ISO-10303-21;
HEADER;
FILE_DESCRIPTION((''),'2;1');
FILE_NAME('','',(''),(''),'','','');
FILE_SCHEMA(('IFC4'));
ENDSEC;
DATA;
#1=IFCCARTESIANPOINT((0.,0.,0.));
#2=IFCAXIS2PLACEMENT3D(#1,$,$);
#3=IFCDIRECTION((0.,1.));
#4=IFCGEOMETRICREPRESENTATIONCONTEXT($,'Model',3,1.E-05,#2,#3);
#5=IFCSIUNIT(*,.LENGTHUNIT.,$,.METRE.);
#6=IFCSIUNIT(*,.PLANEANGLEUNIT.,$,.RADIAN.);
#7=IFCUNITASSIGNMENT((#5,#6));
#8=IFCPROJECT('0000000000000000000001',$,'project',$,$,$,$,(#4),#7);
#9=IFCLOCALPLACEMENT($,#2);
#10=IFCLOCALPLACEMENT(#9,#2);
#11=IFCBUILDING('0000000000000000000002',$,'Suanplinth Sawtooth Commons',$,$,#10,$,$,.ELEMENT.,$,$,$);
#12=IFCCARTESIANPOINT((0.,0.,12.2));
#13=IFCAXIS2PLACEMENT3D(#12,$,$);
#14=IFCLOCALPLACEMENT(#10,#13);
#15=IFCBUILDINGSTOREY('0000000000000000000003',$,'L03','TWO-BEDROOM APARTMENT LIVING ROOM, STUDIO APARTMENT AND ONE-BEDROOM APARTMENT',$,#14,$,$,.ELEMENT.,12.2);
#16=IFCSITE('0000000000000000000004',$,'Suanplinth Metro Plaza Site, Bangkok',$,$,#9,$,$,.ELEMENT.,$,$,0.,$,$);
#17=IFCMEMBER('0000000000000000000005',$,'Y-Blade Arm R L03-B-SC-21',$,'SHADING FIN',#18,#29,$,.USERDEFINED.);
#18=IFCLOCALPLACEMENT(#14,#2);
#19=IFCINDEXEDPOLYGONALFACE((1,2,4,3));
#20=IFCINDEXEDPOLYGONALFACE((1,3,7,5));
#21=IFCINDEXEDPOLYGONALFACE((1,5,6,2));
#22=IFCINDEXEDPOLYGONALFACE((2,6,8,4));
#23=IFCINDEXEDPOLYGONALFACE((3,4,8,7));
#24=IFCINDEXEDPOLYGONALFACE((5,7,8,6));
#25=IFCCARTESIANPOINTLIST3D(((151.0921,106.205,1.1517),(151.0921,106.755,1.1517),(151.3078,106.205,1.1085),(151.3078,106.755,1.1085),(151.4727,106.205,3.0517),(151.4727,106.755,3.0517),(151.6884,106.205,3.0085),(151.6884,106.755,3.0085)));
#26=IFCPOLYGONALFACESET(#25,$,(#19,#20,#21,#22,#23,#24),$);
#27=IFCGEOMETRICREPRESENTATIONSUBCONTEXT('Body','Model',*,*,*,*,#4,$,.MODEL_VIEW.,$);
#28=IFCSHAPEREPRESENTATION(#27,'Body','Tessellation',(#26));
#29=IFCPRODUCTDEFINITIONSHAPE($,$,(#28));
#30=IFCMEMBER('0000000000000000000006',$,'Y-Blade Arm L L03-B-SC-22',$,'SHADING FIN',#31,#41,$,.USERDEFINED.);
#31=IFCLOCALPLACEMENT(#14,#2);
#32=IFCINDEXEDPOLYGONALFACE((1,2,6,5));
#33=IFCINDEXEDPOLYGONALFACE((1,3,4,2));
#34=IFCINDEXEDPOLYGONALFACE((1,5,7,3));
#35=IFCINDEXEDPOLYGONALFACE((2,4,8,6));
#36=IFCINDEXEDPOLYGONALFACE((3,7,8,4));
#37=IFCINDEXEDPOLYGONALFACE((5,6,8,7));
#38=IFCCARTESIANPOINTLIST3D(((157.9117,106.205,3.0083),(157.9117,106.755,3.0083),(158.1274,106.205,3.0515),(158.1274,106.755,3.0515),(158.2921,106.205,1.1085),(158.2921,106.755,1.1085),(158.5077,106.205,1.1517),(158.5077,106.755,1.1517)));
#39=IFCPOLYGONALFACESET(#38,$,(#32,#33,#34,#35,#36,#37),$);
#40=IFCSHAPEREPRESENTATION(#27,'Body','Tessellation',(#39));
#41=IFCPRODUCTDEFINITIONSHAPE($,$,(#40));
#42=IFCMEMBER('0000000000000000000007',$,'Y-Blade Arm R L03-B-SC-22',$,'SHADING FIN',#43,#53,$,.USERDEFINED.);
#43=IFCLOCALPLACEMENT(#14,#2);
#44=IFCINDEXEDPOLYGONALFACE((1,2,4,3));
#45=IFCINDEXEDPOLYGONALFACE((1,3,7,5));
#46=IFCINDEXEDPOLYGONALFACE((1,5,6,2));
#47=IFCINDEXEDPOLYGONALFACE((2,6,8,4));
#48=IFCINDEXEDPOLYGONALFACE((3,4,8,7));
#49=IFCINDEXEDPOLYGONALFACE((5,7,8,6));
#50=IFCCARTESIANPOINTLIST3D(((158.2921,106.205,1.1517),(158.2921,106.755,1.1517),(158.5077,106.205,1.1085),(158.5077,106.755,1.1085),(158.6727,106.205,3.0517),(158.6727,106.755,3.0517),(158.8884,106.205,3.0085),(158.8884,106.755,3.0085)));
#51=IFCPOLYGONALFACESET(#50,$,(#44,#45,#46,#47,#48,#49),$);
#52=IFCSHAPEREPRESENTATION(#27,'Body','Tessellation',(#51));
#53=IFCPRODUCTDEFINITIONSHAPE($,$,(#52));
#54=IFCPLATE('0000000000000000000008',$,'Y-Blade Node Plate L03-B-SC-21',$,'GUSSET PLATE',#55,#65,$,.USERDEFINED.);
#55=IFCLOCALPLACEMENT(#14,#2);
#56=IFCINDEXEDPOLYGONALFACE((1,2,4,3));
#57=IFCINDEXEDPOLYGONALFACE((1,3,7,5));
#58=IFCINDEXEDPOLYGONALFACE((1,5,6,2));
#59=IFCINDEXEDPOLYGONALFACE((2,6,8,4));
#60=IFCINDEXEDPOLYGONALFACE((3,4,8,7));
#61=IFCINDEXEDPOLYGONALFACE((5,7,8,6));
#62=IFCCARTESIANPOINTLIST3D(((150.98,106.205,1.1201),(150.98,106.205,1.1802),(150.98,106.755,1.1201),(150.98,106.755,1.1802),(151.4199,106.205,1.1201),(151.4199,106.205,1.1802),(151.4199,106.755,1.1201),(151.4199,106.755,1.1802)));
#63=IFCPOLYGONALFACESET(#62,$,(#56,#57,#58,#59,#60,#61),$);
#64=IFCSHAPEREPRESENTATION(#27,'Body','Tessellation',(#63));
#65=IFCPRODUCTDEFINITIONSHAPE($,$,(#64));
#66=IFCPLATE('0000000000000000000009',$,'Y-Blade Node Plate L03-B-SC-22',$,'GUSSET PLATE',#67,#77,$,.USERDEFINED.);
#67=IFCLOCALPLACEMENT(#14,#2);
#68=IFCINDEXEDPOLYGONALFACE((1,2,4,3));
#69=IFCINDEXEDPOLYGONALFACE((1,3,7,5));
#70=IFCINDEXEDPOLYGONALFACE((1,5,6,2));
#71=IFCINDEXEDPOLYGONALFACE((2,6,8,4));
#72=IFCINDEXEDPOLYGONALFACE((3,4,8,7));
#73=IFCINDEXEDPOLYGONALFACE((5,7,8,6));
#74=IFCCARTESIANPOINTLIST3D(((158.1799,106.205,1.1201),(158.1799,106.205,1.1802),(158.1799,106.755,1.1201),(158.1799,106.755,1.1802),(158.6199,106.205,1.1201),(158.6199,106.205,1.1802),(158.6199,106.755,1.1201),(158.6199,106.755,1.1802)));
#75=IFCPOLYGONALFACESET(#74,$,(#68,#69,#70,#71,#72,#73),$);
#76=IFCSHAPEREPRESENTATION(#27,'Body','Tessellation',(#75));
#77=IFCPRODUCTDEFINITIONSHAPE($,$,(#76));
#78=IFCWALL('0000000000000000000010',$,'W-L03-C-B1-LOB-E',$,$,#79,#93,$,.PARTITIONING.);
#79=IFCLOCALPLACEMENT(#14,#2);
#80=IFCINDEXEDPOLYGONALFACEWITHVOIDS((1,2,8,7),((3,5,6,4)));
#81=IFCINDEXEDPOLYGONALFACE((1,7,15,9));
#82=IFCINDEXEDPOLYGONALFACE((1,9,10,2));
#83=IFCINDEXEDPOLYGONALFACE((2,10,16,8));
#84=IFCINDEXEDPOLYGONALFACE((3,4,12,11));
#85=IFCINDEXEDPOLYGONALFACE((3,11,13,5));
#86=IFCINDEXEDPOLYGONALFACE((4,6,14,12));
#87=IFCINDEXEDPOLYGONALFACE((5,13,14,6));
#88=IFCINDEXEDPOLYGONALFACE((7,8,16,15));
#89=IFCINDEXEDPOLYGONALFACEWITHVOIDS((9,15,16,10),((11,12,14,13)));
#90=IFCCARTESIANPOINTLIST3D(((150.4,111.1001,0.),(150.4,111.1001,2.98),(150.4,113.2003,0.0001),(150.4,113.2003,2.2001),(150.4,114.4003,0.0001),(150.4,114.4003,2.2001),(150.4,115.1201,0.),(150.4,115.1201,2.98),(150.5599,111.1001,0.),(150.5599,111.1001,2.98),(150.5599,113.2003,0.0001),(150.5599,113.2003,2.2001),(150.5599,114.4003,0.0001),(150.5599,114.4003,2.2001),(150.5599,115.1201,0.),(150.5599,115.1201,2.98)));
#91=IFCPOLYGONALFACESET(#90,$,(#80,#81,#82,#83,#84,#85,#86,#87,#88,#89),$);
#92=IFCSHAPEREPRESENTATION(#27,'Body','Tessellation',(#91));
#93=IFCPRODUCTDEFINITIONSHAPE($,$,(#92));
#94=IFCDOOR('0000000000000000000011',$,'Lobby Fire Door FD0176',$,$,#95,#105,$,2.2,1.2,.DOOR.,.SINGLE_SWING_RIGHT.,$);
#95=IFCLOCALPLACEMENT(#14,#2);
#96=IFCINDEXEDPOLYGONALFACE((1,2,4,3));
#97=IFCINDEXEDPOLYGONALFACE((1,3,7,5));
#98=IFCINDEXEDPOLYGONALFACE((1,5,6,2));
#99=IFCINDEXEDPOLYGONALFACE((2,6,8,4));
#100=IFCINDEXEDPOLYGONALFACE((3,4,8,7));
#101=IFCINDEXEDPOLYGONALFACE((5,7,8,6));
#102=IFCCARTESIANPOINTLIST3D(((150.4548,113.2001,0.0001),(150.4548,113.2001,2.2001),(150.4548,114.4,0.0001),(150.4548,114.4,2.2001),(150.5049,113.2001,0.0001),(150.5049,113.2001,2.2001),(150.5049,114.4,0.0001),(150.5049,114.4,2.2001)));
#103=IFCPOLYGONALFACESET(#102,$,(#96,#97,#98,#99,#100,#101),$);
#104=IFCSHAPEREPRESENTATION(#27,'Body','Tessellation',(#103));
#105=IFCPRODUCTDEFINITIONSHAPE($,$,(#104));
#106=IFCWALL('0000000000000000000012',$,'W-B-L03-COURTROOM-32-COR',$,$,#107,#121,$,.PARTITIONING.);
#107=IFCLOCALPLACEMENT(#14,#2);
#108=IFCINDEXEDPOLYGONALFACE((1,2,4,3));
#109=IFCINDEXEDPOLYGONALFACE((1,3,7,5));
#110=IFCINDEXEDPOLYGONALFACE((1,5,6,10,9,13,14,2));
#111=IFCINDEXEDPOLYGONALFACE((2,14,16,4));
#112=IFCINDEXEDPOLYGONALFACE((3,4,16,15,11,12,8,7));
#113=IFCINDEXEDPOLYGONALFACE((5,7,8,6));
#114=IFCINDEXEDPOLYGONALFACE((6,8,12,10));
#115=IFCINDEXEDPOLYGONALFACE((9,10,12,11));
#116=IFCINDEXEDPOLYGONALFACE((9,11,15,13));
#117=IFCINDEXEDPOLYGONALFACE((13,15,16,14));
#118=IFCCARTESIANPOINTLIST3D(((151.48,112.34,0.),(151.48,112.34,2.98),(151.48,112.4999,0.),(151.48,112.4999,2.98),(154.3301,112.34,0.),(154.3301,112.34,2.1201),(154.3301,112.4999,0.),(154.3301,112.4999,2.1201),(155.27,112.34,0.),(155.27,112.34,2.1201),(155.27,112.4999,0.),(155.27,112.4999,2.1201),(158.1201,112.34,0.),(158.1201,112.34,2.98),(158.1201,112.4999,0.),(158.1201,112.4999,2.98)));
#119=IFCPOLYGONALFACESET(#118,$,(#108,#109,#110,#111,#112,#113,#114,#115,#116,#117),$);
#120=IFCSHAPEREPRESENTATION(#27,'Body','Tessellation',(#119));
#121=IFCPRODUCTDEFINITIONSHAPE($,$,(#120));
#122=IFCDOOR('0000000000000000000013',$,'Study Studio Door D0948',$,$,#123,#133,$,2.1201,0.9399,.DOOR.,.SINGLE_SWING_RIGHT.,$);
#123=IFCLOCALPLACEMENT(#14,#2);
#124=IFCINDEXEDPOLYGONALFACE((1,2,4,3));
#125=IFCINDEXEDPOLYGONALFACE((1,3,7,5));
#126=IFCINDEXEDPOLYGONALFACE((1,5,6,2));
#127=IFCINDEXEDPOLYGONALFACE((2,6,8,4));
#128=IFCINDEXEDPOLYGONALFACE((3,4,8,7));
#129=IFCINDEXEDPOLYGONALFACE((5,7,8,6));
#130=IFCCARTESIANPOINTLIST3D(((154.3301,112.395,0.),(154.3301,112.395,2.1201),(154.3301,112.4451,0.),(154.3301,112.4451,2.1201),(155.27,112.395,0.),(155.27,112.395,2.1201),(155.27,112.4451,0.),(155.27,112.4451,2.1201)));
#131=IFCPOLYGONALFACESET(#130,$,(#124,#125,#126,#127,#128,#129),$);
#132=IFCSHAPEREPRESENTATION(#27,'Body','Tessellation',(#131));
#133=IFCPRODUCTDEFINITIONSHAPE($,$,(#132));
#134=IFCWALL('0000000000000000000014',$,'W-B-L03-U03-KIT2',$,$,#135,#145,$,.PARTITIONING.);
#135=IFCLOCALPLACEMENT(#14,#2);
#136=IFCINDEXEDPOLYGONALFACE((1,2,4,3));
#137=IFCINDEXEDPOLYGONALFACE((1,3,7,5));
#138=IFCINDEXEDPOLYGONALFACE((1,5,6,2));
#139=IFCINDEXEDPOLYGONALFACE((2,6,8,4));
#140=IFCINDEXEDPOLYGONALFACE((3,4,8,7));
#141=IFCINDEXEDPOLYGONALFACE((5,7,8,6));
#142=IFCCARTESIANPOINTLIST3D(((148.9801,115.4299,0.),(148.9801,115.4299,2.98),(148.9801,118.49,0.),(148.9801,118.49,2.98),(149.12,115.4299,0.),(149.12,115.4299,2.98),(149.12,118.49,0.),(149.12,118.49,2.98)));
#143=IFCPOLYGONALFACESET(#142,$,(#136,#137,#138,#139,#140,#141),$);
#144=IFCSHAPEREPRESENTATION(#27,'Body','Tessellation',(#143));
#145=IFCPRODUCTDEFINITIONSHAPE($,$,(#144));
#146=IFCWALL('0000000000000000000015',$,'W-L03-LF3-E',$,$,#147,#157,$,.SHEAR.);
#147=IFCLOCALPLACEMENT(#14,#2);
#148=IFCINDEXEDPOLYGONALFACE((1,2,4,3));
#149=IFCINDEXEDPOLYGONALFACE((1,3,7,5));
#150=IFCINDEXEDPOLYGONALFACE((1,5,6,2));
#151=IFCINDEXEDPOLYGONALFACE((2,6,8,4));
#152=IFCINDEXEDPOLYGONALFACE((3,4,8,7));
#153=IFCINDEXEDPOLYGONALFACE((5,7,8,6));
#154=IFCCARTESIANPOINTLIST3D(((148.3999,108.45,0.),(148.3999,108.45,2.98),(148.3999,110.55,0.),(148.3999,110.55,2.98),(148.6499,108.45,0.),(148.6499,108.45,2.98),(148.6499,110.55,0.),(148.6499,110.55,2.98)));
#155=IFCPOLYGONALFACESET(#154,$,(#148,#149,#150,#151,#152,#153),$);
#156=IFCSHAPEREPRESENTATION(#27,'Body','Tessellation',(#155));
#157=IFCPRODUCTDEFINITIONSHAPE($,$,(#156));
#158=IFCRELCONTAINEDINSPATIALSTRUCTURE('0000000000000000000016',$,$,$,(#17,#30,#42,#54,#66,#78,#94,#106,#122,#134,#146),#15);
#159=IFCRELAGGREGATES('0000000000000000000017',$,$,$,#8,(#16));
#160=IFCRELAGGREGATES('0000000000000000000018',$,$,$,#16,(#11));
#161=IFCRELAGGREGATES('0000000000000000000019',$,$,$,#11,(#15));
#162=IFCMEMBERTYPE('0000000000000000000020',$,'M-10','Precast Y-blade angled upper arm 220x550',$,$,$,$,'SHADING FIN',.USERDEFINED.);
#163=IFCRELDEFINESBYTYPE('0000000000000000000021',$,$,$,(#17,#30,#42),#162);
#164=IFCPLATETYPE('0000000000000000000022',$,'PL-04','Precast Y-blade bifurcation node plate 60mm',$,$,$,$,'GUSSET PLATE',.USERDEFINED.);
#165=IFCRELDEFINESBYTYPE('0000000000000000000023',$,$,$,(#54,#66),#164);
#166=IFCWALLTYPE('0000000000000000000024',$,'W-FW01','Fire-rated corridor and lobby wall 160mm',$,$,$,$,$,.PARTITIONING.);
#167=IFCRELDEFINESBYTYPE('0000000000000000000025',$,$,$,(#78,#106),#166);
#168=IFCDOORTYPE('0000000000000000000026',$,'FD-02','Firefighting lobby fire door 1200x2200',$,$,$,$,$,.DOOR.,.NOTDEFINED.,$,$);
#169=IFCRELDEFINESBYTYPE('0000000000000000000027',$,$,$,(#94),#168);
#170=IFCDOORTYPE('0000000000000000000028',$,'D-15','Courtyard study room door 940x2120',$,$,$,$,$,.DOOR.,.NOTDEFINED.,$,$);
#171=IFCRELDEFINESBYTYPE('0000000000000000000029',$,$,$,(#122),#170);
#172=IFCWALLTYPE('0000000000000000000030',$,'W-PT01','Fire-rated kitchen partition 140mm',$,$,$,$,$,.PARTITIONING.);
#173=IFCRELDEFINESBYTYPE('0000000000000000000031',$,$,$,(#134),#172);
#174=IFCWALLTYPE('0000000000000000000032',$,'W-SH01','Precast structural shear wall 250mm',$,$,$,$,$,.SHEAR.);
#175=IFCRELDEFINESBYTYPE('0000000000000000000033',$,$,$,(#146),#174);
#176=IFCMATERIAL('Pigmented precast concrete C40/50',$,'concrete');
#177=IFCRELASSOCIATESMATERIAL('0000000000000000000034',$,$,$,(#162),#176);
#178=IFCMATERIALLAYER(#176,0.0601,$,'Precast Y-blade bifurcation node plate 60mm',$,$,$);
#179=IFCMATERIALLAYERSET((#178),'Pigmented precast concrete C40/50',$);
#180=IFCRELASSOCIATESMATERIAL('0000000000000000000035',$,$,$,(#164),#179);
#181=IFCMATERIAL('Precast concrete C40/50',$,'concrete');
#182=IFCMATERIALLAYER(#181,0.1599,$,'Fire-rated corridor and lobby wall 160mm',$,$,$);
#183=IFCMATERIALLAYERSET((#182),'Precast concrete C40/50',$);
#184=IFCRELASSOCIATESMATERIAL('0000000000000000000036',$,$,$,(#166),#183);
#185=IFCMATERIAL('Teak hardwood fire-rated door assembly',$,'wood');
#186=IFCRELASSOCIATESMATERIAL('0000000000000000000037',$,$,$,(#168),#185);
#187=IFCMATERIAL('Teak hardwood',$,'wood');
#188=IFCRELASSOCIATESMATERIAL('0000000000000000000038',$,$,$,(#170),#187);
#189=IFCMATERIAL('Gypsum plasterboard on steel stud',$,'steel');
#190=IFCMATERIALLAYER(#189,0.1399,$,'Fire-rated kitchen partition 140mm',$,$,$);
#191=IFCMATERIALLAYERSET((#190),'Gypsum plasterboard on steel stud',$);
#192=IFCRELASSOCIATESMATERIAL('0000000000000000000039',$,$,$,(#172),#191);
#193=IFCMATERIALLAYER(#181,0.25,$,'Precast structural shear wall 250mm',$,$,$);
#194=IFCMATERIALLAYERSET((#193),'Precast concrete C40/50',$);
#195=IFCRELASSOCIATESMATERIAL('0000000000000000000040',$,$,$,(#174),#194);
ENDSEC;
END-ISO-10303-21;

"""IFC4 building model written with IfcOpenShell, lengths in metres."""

from ifc_helpers import new_model, si_unit, direction, frame, frame_2d, origin, origin_2d, place, context, subcontext, project, spatial, rectangle, extrude, material, layer, layer_set, material_profile, profile_set, type_object, element, fill, save


model = new_model("IFC4")

# Units and contexts
model_context = context("Model", 3, precision=1e-05, world=origin(), true_north=direction((0.0, 1.0)))
body_context = subcontext(model_context, "Body", "Model", "MODEL_VIEW")
ifc_project = project(units=[si_unit("LENGTHUNIT", "METRE"), si_unit("PLANEANGLEUNIT", "RADIAN")], contexts=[model_context])

# Site, building, storey
site_placement = place(None, origin())
site = spatial("IfcSite", under=ifc_project, at=site_placement, Name="Suanplinth Metro Plaza Site, Bangkok", CompositionType="ELEMENT", RefElevation=0.0)
building_placement = place(site_placement, origin())
building = spatial("IfcBuilding", under=site, at=building_placement, Name="Suanplinth Sawtooth Commons", CompositionType="ELEMENT")
storey_placement = place(building_placement, frame((0.0, 0.0, 12.2)))
storey = spatial("IfcBuildingStorey", under=building, at=storey_placement, Name="L03", Description="TWO-BEDROOM APARTMENT LIVING ROOM, STUDIO APARTMENT AND ONE-BEDROOM APARTMENT", CompositionType="ELEMENT", Elevation=12.2)

# Shared definitions
ifc_material_1 = material(Name="Precast concrete C40/50", Category="concrete")

# Members
ifc_material_2 = material(Name="Pigmented precast concrete C40/50", Category="concrete")
ifc_material_profile_1 = material_profile(ifc_material_2, rectangle(XDim=0.22, YDim=0.55, at=origin_2d()), Name="PC-FIN 220x550")
ifc_profile_set_1 = profile_set([ifc_material_profile_1], Name="Pigmented precast concrete C40/50")
member_type_1 = type_object("IfcMemberType", Name="M-10", Description="Precast Y-blade angled upper arm 220x550", ElementType="SHADING FIN", PredefinedType="USERDEFINED", material=ifc_profile_set_1)
member_1_placement = place(storey_placement, frame((151.2, 106.48, 1.1301), z_axis=(0.196431, 0.0, 0.980518), x_axis=(-0.980518, 0.0, 0.196431)))
element("IfcMember", 1, at=member_1_placement, inside=storey, type_object=member_type_1, Name="Y-Blade Arm R L03-B-SC-21", ObjectType="SHADING FIN", PredefinedType="USERDEFINED", context=body_context, shape_type="SweptSolid", body=[
    extrude(rectangle(XDim=0.22, YDim=0.55, at=origin_2d()), origin(), (0.0, 0.0, 1.0), 1.9377),
])
member_2_placement = place(storey_placement, frame((158.3999, 106.48, 1.1301), z_axis=(-0.19631, 0.0, 0.980542), x_axis=(0.980542, 0.0, 0.19631)))
element("IfcMember", 2, at=member_2_placement, inside=storey, type_object=member_type_1, Name="Y-Blade Arm L L03-B-SC-22", ObjectType="SHADING FIN", PredefinedType="USERDEFINED", context=body_context, shape_type="SweptSolid", body=[
    extrude(rectangle(XDim=0.22, YDim=0.55, at=origin_2d()), origin(), (0.0, 0.0, 1.0), 1.9375),
])
member_3_placement = place(storey_placement, frame((158.3999, 106.48, 1.1301), z_axis=(0.196431, 0.0, 0.980518), x_axis=(-0.980518, 0.0, 0.196431)))
element("IfcMember", 3, at=member_3_placement, inside=storey, type_object=member_type_1, Name="Y-Blade Arm R L03-B-SC-22", ObjectType="SHADING FIN", PredefinedType="USERDEFINED", context=body_context, shape_type="SweptSolid", body=[
    extrude(rectangle(XDim=0.22, YDim=0.55, at=origin_2d()), origin(), (0.0, 0.0, 1.0), 1.9377),
])

# Plates
ifc_layer_1 = layer(ifc_material_2, 0.0601, Name="Precast Y-blade bifurcation node plate 60mm")
ifc_layer_set_1 = layer_set([ifc_layer_1], Name="Pigmented precast concrete C40/50")
plate_type = type_object("IfcPlateType", Name="PL-04", Description="Precast Y-blade bifurcation node plate 60mm", ElementType="GUSSET PLATE", PredefinedType="USERDEFINED", material=ifc_layer_set_1)
for number, where, z_axis, x_axis, name in (
    (4, (151.2, 106.48, 1.1201), (0.0, 0.0, 1.0), (1.0, 0.0, 0.0), "Y-Blade Node Plate L03-B-SC-21"),
    (5, (158.3999, 106.48, 1.1201), (0.0, 0.0, 1.0), (1.0, 0.0, 0.0), "Y-Blade Node Plate L03-B-SC-22"),
):
    element("IfcPlate", number, at=place(storey_placement, frame(where, z_axis=z_axis, x_axis=x_axis)), inside=storey, type_object=plate_type, Name=name, ObjectType="GUSSET PLATE", PredefinedType="USERDEFINED", context=body_context, shape_type="SweptSolid", body=[
        extrude(rectangle(XDim=0.4399, YDim=0.55, at=origin_2d()), origin(), (0.0, 0.0, 1.0), 0.0601),
    ])

# Walls, openings, doors
ifc_layer_2 = layer(ifc_material_1, 0.1599, Name="Fire-rated corridor and lobby wall 160mm")
ifc_layer_set_2 = layer_set([ifc_layer_2], Name="Precast concrete C40/50")
wall_type_1 = type_object("IfcWallType", Name="W-FW01", Description="Fire-rated corridor and lobby wall 160mm", PredefinedType="PARTITIONING", material=ifc_layer_set_2)
wall_1_placement = place(storey_placement, frame((150.48, 111.1001, 0.0), z_axis=(0.0, 0.0, 1.0), x_axis=(0.0, 1.0, 0.0)))
wall_1 = element("IfcWall", 6, at=wall_1_placement, inside=storey, type_object=wall_type_1, Name="W-L03-C-B1-LOB-E", PredefinedType="PARTITIONING", context=body_context, shape_type="SweptSolid", body=[
    extrude(rectangle(XDim=4.02, YDim=0.1599, at=frame_2d((2.01, 0.0))), origin(), (0.0, 0.0, 1.0), 2.98),
])
opening_1_placement = place(wall_1_placement, frame((2.1001, 0.0, 0.0)))
opening_1 = element("IfcOpeningElement", 7, at=opening_1_placement, cuts=wall_1, PredefinedType="OPENING", context=body_context, shape_type="SweptSolid", body=[
    extrude(rectangle(XDim=1.2, YDim=2.2, at=frame_2d((0.6001, 1.1001))), frame((0.0, 0.0947, 0.0), z_axis=(0.0, -1.0, 0.0), x_axis=(1.0, 0.0, 0.0)), (0.0, 0.0, 1.0), 0.1897),
])
ifc_material_3 = material(Name="Teak hardwood fire-rated door assembly", Category="wood")
door_type_1 = type_object("IfcDoorType", Name="FD-02", Description="Firefighting lobby fire door 1200x2200", OperationType="NOTDEFINED", PredefinedType="DOOR", material=ifc_material_3)
door_1_placement = place(opening_1_placement, frame((1.2, 0.0, 0.0), z_axis=(0.0, 0.0, 1.0), x_axis=(-1.0, 0.0, 0.0)))
door_1 = element("IfcDoor", 8, at=door_1_placement, inside=storey, type_object=door_type_1, Name="Lobby Fire Door FD0176", OperationType="SINGLE_SWING_RIGHT", OverallHeight=2.2, OverallWidth=1.2, PredefinedType="DOOR", context=body_context, shape_type="SweptSolid", body=[
    extrude(rectangle(XDim=1.2, YDim=2.2, at=frame_2d((0.6001, 1.1001))), frame((0.0, 0.0249, 0.0), z_axis=(0.0, -1.0, 0.0), x_axis=(1.0, 0.0, 0.0)), (0.0, 0.0, 1.0), 0.05),
])
fill(opening_1, door_1)
wall_2_placement = place(storey_placement, frame((151.48, 112.4199, 0.0), z_axis=(0.0, 0.0, 1.0), x_axis=(1.0, 0.0, 0.0)))
wall_2 = element("IfcWall", 9, at=wall_2_placement, inside=storey, type_object=wall_type_1, Name="W-B-L03-COURTROOM-32-COR", PredefinedType="PARTITIONING", context=body_context, shape_type="SweptSolid", body=[
    extrude(rectangle(XDim=6.6401, YDim=0.1599, at=frame_2d((3.3201, 0.0))), origin(), (0.0, 0.0, 1.0), 2.98),
])
opening_2_placement = place(wall_2_placement, frame((2.8501, 0.0, 0.0)))
opening_2 = element("IfcOpeningElement", 10, at=opening_2_placement, cuts=wall_2, PredefinedType="OPENING", context=body_context, shape_type="SweptSolid", body=[
    extrude(rectangle(XDim=0.9399, YDim=2.1201, at=frame_2d((0.47, 1.0601))), frame((0.0, 0.0947, 0.0), z_axis=(0.0, -1.0, 0.0), x_axis=(1.0, 0.0, 0.0)), (0.0, 0.0, 1.0), 0.1897),
])
ifc_material_4 = material(Name="Teak hardwood", Category="wood")
door_type_2 = type_object("IfcDoorType", Name="D-15", Description="Courtyard study room door 940x2120", OperationType="NOTDEFINED", PredefinedType="DOOR", material=ifc_material_4)
door_2_placement = place(opening_2_placement, frame((0.9399, 0.0, 0.0), z_axis=(0.0, 0.0, 1.0), x_axis=(-1.0, 0.0, 0.0)))
door_2 = element("IfcDoor", 11, at=door_2_placement, inside=storey, type_object=door_type_2, Name="Study Studio Door D0948", OperationType="SINGLE_SWING_RIGHT", OverallHeight=2.1201, OverallWidth=0.9399, PredefinedType="DOOR", context=body_context, shape_type="SweptSolid", body=[
    extrude(rectangle(XDim=0.9399, YDim=2.1201, at=frame_2d((0.47, 1.0601))), frame((0.0, 0.0249, 0.0), z_axis=(0.0, -1.0, 0.0), x_axis=(1.0, 0.0, 0.0)), (0.0, 0.0, 1.0), 0.05),
])
fill(opening_2, door_2)

# Wall
ifc_material_5 = material(Name="Gypsum plasterboard on steel stud", Category="steel")
ifc_layer_3 = layer(ifc_material_5, 0.1399, Name="Fire-rated kitchen partition 140mm")
ifc_layer_set_3 = layer_set([ifc_layer_3], Name="Gypsum plasterboard on steel stud")
wall_type_2 = type_object("IfcWallType", Name="W-PT01", Description="Fire-rated kitchen partition 140mm", PredefinedType="PARTITIONING", material=ifc_layer_set_3)
wall_3_placement = place(storey_placement, frame((149.05, 115.4299, 0.0), z_axis=(0.0, 0.0, 1.0), x_axis=(0.0, 1.0, 0.0)))
element("IfcWall", 12, at=wall_3_placement, inside=storey, type_object=wall_type_2, Name="W-B-L03-U03-KIT2", PredefinedType="PARTITIONING", context=body_context, shape_type="SweptSolid", body=[
    extrude(rectangle(XDim=3.0601, YDim=0.1399, at=frame_2d((1.53, 0.0))), origin(), (0.0, 0.0, 1.0), 2.98),
])

# Wall
ifc_layer_4 = layer(ifc_material_1, 0.25, Name="Precast structural shear wall 250mm")
ifc_layer_set_4 = layer_set([ifc_layer_4], Name="Precast concrete C40/50")
wall_type_3 = type_object("IfcWallType", Name="W-SH01", Description="Precast structural shear wall 250mm", PredefinedType="SHEAR", material=ifc_layer_set_4)
wall_4_placement = place(storey_placement, frame((148.5249, 108.45, 0.0), z_axis=(0.0, 0.0, 1.0), x_axis=(0.0, 1.0, 0.0)))
element("IfcWall", 13, at=wall_4_placement, inside=storey, type_object=wall_type_3, Name="W-L03-LF3-E", PredefinedType="SHEAR", context=body_context, shape_type="SweptSolid", body=[
    extrude(rectangle(XDim=2.1001, YDim=0.25, at=frame_2d((1.05, 0.0))), origin(), (0.0, 0.0, 1.0), 2.98),
])

save(model, "model.ifc")
